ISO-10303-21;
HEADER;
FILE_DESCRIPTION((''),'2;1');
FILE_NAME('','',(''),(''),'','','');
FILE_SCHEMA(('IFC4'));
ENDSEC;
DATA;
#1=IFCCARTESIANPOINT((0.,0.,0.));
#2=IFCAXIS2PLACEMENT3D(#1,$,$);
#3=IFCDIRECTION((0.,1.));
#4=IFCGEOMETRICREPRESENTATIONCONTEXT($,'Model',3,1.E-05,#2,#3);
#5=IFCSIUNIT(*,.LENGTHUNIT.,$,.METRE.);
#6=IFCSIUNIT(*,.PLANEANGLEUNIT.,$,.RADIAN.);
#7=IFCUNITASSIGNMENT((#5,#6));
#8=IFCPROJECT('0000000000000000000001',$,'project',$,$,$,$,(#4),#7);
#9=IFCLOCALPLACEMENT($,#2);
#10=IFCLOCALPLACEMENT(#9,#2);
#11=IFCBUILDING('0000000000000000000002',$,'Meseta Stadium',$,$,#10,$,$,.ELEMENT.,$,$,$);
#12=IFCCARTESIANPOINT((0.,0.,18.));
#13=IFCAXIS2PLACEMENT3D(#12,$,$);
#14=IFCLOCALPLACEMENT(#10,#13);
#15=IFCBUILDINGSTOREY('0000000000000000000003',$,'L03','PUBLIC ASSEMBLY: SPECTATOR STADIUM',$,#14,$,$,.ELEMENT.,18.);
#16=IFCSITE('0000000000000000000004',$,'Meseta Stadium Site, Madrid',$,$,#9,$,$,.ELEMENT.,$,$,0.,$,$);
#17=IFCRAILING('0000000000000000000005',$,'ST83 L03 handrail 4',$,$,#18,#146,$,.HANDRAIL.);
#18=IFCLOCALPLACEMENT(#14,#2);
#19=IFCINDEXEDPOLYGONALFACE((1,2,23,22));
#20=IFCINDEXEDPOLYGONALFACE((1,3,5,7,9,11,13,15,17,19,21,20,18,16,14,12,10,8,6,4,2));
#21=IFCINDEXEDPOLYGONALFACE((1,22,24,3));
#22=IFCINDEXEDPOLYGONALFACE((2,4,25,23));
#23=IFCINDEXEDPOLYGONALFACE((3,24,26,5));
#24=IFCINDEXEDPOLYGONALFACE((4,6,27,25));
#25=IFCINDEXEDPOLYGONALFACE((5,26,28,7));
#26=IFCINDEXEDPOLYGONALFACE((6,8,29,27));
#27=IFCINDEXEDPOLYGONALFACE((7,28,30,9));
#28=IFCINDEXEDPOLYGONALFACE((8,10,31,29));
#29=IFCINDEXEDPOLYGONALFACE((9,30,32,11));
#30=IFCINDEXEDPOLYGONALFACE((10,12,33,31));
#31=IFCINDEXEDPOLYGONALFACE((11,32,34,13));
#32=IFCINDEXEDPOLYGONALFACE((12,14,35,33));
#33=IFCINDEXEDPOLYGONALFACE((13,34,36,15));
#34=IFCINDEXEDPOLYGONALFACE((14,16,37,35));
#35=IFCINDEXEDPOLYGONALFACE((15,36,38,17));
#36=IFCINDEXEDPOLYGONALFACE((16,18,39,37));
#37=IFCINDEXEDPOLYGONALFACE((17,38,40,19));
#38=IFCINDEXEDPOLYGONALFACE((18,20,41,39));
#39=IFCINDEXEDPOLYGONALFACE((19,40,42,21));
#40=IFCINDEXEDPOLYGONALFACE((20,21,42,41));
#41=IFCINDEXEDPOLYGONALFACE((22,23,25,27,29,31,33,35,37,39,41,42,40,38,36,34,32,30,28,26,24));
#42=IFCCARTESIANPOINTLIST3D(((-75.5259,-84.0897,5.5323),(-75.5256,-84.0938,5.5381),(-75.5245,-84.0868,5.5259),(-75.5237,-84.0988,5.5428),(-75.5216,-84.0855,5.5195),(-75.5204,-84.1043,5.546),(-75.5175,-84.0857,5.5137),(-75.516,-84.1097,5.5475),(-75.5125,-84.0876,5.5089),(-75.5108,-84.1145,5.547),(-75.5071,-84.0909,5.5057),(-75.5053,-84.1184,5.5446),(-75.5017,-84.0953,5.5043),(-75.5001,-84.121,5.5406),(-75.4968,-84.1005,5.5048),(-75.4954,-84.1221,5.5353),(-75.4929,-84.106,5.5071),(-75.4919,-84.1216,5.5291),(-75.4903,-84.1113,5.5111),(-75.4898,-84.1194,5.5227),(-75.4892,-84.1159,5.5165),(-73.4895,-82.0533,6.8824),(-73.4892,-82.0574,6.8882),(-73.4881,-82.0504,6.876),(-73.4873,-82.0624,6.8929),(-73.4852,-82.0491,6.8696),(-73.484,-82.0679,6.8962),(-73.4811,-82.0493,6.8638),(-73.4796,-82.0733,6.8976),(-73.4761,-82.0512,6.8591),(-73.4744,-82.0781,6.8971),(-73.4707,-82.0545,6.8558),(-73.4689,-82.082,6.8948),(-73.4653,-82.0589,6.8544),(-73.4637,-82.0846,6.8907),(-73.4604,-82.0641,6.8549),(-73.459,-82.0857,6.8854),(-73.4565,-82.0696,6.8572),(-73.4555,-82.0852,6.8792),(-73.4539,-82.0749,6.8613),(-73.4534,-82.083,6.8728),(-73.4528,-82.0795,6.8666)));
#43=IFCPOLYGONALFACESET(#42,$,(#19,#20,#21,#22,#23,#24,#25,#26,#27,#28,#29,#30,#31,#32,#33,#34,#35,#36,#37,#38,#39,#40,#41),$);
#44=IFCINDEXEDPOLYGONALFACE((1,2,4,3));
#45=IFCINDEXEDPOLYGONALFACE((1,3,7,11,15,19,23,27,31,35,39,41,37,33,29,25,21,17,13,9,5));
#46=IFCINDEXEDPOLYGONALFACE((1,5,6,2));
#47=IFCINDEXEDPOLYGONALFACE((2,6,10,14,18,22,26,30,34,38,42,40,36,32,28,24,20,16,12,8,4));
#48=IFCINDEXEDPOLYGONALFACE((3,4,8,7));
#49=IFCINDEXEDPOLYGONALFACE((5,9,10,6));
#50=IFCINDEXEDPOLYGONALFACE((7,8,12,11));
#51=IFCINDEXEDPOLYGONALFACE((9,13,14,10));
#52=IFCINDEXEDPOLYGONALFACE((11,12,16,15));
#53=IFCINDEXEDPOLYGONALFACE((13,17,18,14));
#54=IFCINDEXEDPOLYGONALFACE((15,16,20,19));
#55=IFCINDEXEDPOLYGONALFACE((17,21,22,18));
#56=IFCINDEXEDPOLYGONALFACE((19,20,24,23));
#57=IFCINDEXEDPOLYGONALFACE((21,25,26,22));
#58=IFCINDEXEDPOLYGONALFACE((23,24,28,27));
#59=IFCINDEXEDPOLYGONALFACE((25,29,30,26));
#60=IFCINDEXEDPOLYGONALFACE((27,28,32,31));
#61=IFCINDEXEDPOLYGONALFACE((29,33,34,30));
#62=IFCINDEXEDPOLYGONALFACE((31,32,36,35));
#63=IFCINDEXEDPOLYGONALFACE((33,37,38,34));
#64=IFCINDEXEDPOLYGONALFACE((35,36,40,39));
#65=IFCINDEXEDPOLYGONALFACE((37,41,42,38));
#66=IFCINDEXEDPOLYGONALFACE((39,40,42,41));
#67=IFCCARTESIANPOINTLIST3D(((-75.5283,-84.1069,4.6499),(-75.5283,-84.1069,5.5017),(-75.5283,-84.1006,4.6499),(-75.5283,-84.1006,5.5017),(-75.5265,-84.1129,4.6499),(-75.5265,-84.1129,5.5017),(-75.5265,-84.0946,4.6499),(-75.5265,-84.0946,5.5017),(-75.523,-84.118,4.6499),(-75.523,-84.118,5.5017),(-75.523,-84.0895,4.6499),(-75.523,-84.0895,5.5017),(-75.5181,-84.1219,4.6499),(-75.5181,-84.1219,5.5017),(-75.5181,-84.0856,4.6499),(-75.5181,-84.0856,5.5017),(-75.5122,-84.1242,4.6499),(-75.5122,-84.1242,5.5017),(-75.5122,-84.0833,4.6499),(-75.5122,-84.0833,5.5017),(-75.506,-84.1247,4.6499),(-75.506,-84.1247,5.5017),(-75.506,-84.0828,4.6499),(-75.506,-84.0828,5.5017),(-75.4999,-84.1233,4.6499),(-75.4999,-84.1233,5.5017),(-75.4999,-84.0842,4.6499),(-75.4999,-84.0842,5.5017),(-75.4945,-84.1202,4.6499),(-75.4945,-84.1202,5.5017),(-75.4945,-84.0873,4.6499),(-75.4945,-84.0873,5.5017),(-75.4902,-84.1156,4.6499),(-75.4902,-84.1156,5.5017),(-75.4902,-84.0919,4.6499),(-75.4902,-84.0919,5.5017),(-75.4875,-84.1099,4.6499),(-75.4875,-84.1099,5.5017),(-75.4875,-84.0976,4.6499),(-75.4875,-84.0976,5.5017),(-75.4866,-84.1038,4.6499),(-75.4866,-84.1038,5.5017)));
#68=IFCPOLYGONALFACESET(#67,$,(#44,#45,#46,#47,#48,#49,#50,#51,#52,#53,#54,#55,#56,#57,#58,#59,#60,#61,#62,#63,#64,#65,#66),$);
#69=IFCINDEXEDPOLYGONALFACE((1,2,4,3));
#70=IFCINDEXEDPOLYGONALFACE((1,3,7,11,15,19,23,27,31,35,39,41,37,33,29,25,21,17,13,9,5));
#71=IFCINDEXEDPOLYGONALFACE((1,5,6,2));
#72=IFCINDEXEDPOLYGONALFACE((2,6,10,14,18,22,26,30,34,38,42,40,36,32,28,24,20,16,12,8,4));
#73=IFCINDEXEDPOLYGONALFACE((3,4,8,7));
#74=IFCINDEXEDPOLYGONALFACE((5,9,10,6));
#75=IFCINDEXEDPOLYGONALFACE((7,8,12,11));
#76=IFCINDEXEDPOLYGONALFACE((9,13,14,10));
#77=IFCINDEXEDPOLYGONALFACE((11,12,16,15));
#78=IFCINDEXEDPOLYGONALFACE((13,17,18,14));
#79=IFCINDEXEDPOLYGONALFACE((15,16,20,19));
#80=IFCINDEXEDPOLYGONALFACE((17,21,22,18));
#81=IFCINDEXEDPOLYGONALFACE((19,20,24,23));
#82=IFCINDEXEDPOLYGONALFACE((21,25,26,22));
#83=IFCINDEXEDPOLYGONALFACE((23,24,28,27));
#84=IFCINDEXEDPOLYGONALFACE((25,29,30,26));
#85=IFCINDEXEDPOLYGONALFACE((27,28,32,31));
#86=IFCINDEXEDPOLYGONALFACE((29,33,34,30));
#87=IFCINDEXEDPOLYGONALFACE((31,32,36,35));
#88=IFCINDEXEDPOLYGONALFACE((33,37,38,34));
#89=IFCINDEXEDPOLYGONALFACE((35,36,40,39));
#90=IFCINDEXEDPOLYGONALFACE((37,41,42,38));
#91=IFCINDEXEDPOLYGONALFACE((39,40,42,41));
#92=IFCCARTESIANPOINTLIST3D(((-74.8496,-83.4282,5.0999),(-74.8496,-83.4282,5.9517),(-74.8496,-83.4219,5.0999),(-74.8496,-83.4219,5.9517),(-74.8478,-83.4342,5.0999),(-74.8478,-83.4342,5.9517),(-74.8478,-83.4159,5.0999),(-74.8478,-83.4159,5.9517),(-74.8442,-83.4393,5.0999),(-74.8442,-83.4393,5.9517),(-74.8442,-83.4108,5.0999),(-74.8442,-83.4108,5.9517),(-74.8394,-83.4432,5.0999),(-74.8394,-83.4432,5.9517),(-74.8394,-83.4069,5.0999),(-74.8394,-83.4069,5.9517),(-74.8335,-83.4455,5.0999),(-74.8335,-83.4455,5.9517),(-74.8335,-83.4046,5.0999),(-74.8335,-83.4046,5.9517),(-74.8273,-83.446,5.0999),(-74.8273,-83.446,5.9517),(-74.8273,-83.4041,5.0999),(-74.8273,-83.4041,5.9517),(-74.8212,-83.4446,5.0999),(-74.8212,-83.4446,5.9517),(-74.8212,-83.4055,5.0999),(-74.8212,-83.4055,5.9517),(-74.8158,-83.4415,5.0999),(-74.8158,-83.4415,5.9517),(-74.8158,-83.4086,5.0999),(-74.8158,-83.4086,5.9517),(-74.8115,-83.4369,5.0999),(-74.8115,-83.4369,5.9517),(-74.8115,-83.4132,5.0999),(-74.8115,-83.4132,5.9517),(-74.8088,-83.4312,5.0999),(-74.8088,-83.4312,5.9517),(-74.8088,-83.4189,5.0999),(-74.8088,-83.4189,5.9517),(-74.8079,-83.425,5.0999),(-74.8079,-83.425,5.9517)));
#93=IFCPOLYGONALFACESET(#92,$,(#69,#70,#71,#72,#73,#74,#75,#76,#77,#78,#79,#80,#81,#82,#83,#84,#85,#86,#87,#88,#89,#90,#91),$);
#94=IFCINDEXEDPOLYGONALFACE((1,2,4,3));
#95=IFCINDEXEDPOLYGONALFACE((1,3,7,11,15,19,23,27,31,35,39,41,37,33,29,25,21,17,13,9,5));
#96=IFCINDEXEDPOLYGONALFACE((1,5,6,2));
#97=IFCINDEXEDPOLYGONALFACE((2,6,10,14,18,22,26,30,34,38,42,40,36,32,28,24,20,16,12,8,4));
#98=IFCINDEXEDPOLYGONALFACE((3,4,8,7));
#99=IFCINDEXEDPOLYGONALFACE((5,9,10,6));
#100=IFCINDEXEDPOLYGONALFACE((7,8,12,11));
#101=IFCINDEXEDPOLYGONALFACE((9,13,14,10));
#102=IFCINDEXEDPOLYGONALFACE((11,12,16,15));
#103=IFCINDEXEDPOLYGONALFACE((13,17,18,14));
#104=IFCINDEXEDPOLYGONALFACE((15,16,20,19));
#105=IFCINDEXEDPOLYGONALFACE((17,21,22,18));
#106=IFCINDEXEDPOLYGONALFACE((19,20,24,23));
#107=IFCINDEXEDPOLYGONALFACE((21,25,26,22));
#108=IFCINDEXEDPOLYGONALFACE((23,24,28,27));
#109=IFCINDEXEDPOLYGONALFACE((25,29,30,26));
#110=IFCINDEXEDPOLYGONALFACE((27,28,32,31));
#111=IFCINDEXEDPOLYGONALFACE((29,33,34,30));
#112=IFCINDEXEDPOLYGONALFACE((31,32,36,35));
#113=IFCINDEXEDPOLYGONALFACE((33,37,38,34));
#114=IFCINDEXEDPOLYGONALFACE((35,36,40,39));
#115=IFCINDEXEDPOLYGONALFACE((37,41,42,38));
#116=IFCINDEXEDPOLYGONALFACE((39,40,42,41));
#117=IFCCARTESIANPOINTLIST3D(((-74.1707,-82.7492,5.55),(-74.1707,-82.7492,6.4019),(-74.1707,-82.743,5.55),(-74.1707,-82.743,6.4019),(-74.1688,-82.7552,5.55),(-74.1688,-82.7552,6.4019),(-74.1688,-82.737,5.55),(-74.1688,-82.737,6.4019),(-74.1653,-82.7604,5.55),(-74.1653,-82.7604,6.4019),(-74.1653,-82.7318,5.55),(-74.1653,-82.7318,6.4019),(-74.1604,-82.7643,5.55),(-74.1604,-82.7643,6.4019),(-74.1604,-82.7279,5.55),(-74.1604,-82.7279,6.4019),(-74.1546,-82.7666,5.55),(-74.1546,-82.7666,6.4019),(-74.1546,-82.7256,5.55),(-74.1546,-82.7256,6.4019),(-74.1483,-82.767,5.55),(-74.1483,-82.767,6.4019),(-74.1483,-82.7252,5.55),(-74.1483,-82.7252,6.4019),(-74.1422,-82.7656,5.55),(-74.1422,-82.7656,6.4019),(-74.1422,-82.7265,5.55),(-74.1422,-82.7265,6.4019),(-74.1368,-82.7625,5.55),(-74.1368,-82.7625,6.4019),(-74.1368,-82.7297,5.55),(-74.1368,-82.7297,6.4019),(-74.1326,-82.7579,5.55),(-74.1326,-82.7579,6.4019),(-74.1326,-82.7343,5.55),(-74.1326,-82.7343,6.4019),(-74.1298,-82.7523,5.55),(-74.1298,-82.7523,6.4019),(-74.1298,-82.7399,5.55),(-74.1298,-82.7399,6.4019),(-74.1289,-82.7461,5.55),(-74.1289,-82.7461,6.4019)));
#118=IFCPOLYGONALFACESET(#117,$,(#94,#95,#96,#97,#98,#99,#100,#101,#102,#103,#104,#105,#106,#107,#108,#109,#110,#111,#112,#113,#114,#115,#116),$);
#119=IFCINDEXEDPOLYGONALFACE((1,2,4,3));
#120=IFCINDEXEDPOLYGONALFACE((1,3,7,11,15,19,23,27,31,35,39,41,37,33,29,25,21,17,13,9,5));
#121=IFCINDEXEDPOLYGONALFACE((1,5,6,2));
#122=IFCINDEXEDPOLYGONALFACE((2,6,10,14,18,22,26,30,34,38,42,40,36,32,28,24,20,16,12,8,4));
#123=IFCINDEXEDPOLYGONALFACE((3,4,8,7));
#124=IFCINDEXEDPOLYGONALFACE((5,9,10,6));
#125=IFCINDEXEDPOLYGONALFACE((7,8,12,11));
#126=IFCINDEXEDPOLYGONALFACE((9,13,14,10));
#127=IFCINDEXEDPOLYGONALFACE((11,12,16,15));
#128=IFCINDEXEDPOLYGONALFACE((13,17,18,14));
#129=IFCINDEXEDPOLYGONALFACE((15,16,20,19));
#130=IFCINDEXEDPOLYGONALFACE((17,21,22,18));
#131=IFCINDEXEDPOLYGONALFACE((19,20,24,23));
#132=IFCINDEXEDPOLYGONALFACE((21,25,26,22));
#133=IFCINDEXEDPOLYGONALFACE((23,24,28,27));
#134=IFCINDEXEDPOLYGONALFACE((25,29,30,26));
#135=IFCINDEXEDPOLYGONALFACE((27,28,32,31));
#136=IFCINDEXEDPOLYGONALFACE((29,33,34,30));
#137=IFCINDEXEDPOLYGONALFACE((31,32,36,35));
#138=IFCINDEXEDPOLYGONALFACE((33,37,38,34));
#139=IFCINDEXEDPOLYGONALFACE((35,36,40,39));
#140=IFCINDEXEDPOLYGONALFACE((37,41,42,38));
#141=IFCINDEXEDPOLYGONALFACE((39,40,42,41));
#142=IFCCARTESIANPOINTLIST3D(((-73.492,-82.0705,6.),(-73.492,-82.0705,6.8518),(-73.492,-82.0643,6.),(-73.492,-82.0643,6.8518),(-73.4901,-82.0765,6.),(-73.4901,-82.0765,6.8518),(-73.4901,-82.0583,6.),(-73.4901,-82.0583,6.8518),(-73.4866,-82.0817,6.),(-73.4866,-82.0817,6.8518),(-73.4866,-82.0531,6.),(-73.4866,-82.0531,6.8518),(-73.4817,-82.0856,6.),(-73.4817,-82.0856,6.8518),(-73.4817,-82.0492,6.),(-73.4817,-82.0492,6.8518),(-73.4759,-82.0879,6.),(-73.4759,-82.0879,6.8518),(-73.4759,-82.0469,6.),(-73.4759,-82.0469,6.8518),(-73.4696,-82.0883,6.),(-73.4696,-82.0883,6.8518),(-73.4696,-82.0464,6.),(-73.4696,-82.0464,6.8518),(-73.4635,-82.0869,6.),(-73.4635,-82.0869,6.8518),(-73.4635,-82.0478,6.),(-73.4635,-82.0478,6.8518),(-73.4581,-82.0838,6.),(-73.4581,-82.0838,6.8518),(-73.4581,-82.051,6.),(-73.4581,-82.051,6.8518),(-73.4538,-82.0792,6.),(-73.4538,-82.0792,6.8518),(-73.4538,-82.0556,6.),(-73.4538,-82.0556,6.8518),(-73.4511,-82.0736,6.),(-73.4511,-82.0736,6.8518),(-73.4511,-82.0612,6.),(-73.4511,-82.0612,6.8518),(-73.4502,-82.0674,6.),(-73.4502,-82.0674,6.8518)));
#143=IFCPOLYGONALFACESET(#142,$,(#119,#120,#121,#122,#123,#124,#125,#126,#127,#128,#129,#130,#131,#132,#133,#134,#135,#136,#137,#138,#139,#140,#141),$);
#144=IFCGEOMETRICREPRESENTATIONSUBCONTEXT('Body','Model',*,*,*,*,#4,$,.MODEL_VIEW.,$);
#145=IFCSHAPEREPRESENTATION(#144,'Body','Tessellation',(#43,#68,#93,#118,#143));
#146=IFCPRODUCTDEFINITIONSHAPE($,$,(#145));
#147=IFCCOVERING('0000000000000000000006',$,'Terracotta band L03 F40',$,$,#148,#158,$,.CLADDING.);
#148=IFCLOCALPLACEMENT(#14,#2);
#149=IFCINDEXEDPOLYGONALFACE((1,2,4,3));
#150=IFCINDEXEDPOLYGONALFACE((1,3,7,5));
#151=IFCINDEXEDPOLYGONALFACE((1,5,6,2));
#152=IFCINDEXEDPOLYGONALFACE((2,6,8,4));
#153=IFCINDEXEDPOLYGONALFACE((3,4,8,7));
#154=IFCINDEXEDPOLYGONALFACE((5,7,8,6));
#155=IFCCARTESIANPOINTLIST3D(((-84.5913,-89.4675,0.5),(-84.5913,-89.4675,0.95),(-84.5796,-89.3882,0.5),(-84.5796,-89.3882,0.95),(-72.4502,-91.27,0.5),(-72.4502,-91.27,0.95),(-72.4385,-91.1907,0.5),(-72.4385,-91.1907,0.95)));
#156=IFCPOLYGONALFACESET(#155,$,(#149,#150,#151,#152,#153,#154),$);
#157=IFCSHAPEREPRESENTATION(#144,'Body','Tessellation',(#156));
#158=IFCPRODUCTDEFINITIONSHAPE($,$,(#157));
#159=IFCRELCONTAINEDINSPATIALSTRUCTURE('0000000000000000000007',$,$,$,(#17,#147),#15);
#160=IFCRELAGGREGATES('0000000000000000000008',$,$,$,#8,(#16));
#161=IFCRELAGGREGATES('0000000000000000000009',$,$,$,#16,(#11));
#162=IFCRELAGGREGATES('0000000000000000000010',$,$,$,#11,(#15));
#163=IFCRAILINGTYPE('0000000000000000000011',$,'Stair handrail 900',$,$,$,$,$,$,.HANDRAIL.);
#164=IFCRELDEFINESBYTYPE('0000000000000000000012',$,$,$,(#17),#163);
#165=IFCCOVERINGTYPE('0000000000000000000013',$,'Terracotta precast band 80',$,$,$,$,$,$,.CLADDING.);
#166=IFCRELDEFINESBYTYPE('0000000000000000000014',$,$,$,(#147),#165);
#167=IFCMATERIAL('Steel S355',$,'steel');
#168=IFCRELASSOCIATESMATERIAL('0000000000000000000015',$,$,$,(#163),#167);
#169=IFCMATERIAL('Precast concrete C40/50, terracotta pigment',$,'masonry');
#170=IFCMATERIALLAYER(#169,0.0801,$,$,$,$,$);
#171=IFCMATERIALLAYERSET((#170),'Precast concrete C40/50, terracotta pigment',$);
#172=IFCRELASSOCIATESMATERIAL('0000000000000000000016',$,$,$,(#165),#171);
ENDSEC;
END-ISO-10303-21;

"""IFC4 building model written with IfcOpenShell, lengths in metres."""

from ifc_helpers import new_model, si_unit, direction, frame, origin, origin_2d, place, context, subcontext, project, spatial, rectangle, circle, extrude, material, layer, layer_set, type_object, element, save


model = new_model("IFC4")

# Units and contexts
model_context = context("Model", 3, precision=1e-05, world=origin(), true_north=direction((0.0, 1.0)))
body_context = subcontext(model_context, "Body", "Model", "MODEL_VIEW")
ifc_project = project(units=[si_unit("LENGTHUNIT", "METRE"), si_unit("PLANEANGLEUNIT", "RADIAN")], contexts=[model_context])

# Site, building, storey
site_placement = place(None, origin())
site = spatial("IfcSite", under=ifc_project, at=site_placement, Name="Meseta Stadium Site, Madrid", CompositionType="ELEMENT", RefElevation=0.0)
building_placement = place(site_placement, origin())
building = spatial("IfcBuilding", under=site, at=building_placement, Name="Meseta Stadium", CompositionType="ELEMENT")
storey_placement = place(building_placement, frame((0.0, 0.0, 18.0)))
storey = spatial("IfcBuildingStorey", under=building, at=storey_placement, Name="L03", Description="PUBLIC ASSEMBLY: SPECTATOR STADIUM", CompositionType="ELEMENT", Elevation=18.0)

# Railing
ifc_material_1 = material(Name="Steel S355", Category="steel")
railing_type_1 = type_object("IfcRailingType", Name="Stair handrail 900", PredefinedType="HANDRAIL", material=ifc_material_1)
for number, where, name in (
    (1, (-75.5076, -84.1038, 4.6499), "ST83 L03 handrail 4"),
):
    element("IfcRailing", number, at=place(storey_placement, frame(where)), inside=storey, type_object=railing_type_1, Name=name, PredefinedType="HANDRAIL", context=body_context, shape_type="SweptSolid", body=[
        extrude(circle(Radius=0.0239, at=origin_2d()), frame((0.0, 0.0, 0.876), z_axis=(0.640243, 0.640243, 0.424475), x_axis=(-0.707107, 0.707107, 0.0)), (0.0, 0.0, 1.0), 3.1807),
        extrude(circle(Radius=0.021, at=origin_2d()), origin(), (0.0, 0.0, 1.0), 0.8518),
        extrude(circle(Radius=0.021, at=origin_2d()), frame((0.6787, 0.6787, 0.45)), (0.0, 0.0, 1.0), 0.8518),
        extrude(circle(Radius=0.021, at=origin_2d()), frame((1.3577, 1.3577, 0.9001)), (0.0, 0.0, 1.0), 0.8518),
        extrude(circle(Radius=0.021, at=origin_2d()), frame((2.0364, 2.0364, 1.3501)), (0.0, 0.0, 1.0), 0.8518),
    ])

# Covering
ifc_material_2 = material(Name="Precast concrete C40/50, terracotta pigment", Category="masonry")
ifc_layer_1 = layer(ifc_material_2, 0.0801)
ifc_layer_set_1 = layer_set([ifc_layer_1], Name="Precast concrete C40/50, terracotta pigment")
covering_type_1 = type_object("IfcCoveringType", Name="Terracotta precast band 80", PredefinedType="CLADDING", material=ifc_layer_set_1)
covering_1_placement = place(storey_placement, frame((-78.5149, -90.3291, 0.5), z_axis=(0.0, 0.0, 1.0), x_axis=(-0.989158, 0.146853, 0.0)))
element("IfcCovering", 2, at=covering_1_placement, inside=storey, type_object=covering_type_1, Name="Terracotta band L03 F40", PredefinedType="CLADDING", context=body_context, shape_type="SweptSolid", body=[
    extrude(rectangle(XDim=12.2742, YDim=0.0801, at=origin_2d()), origin(), (0.0, 0.0, 1.0), 0.45),
])

save(model, "model.ifc")
